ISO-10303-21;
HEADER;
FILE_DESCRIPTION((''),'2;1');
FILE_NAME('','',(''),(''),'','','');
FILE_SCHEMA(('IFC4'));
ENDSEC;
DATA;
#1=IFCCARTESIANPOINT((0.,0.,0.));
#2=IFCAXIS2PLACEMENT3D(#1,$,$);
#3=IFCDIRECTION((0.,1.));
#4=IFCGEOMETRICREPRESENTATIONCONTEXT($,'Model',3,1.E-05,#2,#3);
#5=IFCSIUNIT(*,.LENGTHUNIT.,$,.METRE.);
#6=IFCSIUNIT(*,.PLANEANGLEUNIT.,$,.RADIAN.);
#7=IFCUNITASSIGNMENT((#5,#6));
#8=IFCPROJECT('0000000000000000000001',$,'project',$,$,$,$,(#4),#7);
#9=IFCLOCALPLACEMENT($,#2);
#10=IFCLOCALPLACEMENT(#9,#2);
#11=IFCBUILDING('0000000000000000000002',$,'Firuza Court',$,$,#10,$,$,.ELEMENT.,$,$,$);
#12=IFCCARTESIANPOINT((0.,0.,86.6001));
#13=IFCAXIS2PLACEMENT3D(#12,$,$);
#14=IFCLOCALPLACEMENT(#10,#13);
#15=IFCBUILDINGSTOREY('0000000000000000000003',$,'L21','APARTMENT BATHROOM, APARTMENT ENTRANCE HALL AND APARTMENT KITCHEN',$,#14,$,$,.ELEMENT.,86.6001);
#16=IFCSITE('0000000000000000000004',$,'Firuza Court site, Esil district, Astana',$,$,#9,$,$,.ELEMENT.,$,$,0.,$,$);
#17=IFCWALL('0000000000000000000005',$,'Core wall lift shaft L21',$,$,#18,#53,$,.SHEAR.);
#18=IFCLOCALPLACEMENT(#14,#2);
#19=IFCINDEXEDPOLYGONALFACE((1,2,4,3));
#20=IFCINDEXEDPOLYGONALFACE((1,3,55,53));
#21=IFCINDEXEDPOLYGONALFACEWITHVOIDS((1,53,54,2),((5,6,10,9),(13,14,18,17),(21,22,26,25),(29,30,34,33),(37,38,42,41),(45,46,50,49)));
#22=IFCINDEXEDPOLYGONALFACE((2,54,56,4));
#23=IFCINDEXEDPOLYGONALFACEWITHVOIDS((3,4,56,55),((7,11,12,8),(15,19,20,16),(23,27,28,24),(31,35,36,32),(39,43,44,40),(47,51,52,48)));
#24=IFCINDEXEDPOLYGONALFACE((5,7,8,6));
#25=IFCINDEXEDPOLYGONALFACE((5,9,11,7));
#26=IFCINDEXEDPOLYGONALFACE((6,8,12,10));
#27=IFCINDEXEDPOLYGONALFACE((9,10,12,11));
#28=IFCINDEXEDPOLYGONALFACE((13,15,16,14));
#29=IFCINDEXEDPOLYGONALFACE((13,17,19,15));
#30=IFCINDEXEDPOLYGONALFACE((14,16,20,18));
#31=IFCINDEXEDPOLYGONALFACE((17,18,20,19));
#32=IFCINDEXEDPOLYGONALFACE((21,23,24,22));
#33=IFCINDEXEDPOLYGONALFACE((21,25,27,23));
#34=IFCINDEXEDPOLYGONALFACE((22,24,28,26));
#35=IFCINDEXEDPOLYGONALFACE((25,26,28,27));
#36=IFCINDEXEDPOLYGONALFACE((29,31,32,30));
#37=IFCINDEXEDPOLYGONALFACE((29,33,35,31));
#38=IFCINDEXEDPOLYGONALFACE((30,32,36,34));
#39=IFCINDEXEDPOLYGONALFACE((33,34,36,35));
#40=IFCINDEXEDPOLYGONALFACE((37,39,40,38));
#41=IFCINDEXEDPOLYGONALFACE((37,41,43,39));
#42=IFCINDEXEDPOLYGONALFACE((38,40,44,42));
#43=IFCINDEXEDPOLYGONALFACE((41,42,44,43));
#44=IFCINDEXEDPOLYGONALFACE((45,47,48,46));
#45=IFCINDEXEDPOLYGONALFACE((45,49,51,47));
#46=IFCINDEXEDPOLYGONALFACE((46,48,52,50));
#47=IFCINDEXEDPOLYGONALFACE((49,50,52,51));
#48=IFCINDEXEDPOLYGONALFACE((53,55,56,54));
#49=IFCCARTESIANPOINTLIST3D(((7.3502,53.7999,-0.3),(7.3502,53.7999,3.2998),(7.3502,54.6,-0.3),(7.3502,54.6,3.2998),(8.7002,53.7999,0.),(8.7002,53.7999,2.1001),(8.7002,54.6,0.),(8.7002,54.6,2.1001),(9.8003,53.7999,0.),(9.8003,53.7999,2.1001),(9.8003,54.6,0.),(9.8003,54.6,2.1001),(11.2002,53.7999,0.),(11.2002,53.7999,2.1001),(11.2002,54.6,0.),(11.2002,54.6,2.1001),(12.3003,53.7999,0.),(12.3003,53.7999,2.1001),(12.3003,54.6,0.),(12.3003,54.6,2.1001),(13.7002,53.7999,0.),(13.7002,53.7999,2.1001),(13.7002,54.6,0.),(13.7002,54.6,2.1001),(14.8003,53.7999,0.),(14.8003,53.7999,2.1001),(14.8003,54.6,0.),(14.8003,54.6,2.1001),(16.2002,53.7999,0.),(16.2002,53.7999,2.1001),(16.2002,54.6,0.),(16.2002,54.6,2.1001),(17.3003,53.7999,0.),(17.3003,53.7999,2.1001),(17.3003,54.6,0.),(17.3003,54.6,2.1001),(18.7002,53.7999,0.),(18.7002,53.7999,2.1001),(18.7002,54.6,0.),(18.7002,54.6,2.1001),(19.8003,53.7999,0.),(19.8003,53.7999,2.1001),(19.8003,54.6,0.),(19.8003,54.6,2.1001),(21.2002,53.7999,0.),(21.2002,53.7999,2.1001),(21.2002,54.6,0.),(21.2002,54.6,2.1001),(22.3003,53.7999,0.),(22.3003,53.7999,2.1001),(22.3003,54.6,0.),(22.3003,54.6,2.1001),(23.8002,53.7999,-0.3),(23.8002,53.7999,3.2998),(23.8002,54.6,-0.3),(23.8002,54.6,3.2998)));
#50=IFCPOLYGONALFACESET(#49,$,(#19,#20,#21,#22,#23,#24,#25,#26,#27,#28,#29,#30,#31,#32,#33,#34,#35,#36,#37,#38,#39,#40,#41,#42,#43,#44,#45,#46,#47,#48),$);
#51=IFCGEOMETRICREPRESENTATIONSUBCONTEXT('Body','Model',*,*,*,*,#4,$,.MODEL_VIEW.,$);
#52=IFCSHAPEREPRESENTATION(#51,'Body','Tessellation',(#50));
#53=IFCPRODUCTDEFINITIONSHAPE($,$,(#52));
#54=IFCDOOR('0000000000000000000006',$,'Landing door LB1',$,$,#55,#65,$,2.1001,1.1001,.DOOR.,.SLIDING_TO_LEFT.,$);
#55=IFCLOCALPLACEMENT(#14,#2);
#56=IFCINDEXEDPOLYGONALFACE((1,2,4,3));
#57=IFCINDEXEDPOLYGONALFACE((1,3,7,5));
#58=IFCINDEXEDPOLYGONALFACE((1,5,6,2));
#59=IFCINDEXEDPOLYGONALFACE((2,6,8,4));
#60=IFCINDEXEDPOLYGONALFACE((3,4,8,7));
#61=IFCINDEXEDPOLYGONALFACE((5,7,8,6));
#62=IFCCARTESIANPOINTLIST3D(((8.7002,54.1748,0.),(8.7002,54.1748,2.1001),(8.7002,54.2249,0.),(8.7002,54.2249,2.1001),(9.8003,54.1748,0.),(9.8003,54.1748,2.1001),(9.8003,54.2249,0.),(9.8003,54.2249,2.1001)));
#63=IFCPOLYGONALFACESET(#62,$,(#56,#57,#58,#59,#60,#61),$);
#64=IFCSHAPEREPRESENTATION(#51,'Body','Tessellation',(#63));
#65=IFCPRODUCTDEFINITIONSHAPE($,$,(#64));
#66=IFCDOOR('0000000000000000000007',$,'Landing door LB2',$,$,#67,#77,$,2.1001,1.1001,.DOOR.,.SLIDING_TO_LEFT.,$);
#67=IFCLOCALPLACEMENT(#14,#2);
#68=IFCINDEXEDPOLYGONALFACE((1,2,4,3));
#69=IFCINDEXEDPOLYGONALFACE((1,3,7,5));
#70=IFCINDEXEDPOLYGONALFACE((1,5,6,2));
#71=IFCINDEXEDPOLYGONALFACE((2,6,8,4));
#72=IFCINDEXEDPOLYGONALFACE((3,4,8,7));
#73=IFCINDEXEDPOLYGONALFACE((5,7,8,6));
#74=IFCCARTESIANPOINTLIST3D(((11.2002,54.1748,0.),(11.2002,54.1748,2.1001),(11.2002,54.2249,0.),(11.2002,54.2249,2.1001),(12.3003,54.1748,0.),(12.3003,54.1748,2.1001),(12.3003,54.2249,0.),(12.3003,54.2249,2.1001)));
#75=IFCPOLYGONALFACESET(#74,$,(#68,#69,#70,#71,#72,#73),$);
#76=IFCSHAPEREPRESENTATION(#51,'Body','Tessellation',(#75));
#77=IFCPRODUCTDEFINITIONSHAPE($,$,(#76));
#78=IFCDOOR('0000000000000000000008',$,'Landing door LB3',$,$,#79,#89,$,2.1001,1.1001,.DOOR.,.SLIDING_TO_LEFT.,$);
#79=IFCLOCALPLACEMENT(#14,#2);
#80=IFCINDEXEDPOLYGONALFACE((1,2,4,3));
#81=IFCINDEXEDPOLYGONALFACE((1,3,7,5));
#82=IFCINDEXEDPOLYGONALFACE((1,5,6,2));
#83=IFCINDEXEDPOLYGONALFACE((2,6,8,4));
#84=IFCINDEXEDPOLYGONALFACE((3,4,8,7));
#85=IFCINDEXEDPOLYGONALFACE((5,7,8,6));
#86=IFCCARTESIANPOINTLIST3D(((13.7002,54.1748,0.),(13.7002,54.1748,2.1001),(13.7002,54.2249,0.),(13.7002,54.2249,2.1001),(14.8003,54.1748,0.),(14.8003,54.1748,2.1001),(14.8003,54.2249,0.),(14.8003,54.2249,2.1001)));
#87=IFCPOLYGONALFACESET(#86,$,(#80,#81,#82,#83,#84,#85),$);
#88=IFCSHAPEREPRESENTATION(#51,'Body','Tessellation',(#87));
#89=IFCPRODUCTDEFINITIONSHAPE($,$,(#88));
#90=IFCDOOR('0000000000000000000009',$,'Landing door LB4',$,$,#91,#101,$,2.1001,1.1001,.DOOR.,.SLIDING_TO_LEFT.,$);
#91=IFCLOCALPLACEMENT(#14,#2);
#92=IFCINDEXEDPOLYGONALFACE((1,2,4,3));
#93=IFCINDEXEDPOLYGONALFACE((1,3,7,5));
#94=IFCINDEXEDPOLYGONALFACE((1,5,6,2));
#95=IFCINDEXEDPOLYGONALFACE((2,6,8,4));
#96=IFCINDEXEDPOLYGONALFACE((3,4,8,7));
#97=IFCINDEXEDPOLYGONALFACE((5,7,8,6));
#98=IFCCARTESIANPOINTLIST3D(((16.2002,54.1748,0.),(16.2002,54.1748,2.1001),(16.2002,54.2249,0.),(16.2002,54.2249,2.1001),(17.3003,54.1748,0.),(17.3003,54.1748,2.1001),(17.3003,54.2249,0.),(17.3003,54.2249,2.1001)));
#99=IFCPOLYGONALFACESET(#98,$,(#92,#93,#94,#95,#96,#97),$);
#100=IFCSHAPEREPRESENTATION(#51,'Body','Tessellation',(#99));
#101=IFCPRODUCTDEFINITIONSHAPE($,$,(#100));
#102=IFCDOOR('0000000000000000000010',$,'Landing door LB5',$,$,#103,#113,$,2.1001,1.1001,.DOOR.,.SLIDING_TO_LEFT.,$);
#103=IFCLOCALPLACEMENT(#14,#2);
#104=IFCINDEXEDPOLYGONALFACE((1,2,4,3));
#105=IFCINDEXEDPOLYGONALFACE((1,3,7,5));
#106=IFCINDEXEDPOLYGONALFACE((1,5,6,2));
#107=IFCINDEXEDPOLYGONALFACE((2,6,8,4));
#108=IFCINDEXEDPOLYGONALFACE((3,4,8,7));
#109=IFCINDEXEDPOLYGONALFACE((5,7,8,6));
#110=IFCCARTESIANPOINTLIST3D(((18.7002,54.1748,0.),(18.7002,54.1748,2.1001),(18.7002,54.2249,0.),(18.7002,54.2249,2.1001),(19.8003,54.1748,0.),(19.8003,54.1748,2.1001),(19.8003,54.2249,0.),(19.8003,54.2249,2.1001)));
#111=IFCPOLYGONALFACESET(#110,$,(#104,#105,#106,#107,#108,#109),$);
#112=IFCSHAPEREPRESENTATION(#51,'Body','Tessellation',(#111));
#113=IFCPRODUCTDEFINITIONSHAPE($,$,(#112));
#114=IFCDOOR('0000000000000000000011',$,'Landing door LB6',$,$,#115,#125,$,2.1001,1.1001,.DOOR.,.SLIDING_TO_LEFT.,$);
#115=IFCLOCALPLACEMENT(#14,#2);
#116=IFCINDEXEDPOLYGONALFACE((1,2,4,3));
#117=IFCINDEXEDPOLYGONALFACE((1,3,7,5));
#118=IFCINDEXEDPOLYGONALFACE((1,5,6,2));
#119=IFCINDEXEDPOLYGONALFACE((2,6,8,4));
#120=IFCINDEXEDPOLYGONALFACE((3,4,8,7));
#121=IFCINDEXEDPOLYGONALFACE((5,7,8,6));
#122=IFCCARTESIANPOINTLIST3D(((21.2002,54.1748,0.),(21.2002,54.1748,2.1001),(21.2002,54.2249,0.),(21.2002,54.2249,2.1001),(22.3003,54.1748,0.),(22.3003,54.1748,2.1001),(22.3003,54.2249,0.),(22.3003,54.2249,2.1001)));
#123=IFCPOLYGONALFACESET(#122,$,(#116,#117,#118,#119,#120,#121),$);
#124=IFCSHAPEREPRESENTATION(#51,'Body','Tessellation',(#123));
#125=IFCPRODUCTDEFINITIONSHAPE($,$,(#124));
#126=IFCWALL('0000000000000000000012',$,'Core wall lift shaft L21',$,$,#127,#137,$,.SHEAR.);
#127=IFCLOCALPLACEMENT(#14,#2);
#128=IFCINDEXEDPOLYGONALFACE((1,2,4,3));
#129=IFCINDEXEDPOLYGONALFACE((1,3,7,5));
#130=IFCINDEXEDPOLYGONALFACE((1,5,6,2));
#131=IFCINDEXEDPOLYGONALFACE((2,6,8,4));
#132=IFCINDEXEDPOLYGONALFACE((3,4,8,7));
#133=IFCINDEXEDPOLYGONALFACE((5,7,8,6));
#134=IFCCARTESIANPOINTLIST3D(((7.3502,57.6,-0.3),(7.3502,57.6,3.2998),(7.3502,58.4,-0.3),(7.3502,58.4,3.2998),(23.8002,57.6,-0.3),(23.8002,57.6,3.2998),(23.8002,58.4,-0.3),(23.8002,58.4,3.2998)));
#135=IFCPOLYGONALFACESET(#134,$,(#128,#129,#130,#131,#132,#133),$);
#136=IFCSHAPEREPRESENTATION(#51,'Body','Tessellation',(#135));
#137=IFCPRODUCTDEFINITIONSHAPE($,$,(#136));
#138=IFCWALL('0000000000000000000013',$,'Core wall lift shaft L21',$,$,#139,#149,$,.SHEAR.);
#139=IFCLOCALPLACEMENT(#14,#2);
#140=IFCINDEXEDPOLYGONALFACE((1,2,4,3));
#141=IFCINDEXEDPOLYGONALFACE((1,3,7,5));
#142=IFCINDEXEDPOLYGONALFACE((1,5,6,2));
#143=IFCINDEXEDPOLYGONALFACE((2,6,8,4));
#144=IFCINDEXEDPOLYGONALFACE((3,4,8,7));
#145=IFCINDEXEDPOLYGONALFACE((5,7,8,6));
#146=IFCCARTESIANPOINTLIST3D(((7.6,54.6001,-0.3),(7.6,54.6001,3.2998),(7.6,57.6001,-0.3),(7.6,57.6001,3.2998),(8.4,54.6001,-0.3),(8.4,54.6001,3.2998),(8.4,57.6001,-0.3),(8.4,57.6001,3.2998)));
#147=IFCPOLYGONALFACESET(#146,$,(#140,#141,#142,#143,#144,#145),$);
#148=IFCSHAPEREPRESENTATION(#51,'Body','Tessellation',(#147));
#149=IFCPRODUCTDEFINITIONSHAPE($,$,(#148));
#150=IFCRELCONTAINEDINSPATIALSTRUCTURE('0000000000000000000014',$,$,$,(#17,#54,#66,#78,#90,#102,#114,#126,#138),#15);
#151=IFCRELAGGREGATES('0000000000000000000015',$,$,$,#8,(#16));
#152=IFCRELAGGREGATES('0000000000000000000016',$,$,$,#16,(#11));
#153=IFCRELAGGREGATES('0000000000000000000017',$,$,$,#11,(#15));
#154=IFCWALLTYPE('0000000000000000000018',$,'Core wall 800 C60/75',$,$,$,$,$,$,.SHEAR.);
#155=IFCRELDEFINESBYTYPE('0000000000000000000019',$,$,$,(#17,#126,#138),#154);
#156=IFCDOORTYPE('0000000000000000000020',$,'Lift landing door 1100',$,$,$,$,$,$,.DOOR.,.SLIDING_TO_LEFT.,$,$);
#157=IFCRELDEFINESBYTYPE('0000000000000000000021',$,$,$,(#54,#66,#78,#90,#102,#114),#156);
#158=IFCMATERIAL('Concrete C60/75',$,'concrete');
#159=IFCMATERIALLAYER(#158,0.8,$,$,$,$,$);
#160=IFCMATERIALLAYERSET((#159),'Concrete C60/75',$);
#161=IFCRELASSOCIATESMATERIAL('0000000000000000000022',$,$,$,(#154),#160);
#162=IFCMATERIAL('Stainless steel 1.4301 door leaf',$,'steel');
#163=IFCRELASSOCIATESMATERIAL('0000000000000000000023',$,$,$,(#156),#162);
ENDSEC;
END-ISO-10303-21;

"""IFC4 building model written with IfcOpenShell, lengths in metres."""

from ifc_helpers import new_model, si_unit, direction, frame, frame_2d, origin, place, context, subcontext, project, spatial, rectangle, extrude, material, layer, layer_set, type_object, element, fill, save


model = new_model("IFC4")

# Units and contexts
model_context = context("Model", 3, precision=1e-05, world=origin(), true_north=direction((0.0, 1.0)))
body_context = subcontext(model_context, "Body", "Model", "MODEL_VIEW")
ifc_project = project(units=[si_unit("LENGTHUNIT", "METRE"), si_unit("PLANEANGLEUNIT", "RADIAN")], contexts=[model_context])

# Site, building, storey
site_placement = place(None, origin())
site = spatial("IfcSite", under=ifc_project, at=site_placement, Name="Firuza Court site, Esil district, Astana", CompositionType="ELEMENT", RefElevation=0.0)
building_placement = place(site_placement, origin())
building = spatial("IfcBuilding", under=site, at=building_placement, Name="Firuza Court", CompositionType="ELEMENT")
storey_placement = place(building_placement, frame((0.0, 0.0, 86.6001)))
storey = spatial("IfcBuildingStorey", under=building, at=storey_placement, Name="L21", Description="APARTMENT BATHROOM, APARTMENT ENTRANCE HALL AND APARTMENT KITCHEN", CompositionType="ELEMENT", Elevation=86.6001)

# Shared definitions
ifc_material_1 = material(Name="Concrete C60/75", Category="concrete")

# Wall, openings, doors
ifc_layer_1 = layer(ifc_material_1, 0.8)
ifc_layer_set_1 = layer_set([ifc_layer_1], Name="Concrete C60/75")
wall_type_1 = type_object("IfcWallType", Name="Core wall 800 C60/75", PredefinedType="SHEAR", material=ifc_layer_set_1)
wall_1_placement = place(storey_placement, frame((7.3501, 54.2, -0.3), z_axis=(0.0, 0.0, 1.0), x_axis=(1.0, 0.0, 0.0)))
wall_1 = element("IfcWall", 1, at=wall_1_placement, inside=storey, type_object=wall_type_1, Name="Core wall lift shaft L21", PredefinedType="SHEAR", context=body_context, shape_type="SweptSolid", body=[
    extrude(rectangle(XDim=16.45, YDim=0.8, at=frame_2d((8.2251, 0.0))), origin(), (0.0, 0.0, 1.0), 3.5999),
])
opening_1_placement = place(wall_1_placement, frame((1.3501, 0.0, 0.3)))
opening_1 = element("IfcOpeningElement", 2, at=opening_1_placement, cuts=wall_1, PredefinedType="OPENING", context=body_context, shape_type="SweptSolid", body=[
    extrude(rectangle(XDim=1.1001, YDim=2.1001, at=frame_2d((0.55, 1.05))), frame((0.0, 0.4121, 0.0), z_axis=(0.0, -1.0, 0.0), x_axis=(1.0, 0.0, 0.0)), (0.0, 0.0, 1.0), 0.824),
])
opening_2_placement = place(wall_1_placement, frame((3.8501, 0.0, 0.3)))
opening_2 = element("IfcOpeningElement", 3, at=opening_2_placement, cuts=wall_1, PredefinedType="OPENING", context=body_context, shape_type="SweptSolid", body=[
    extrude(rectangle(XDim=1.1001, YDim=2.1001, at=frame_2d((0.55, 1.05))), frame((0.0, 0.4121, 0.0), z_axis=(0.0, -1.0, 0.0), x_axis=(1.0, 0.0, 0.0)), (0.0, 0.0, 1.0), 0.824),
])
opening_3_placement = place(wall_1_placement, frame((6.3501, 0.0, 0.3)))
opening_3 = element("IfcOpeningElement", 4, at=opening_3_placement, cuts=wall_1, PredefinedType="OPENING", context=body_context, shape_type="SweptSolid", body=[
    extrude(rectangle(XDim=1.1001, YDim=2.1001, at=frame_2d((0.55, 1.05))), frame((0.0, 0.4121, 0.0), z_axis=(0.0, -1.0, 0.0), x_axis=(1.0, 0.0, 0.0)), (0.0, 0.0, 1.0), 0.824),
])
opening_4_placement = place(wall_1_placement, frame((8.8501, 0.0, 0.3)))
opening_4 = element("IfcOpeningElement", 5, at=opening_4_placement, cuts=wall_1, PredefinedType="OPENING", context=body_context, shape_type="SweptSolid", body=[
    extrude(rectangle(XDim=1.1001, YDim=2.1001, at=frame_2d((0.55, 1.05))), frame((0.0, 0.4121, 0.0), z_axis=(0.0, -1.0, 0.0), x_axis=(1.0, 0.0, 0.0)), (0.0, 0.0, 1.0), 0.824),
])
opening_5_placement = place(wall_1_placement, frame((11.3501, 0.0, 0.3)))
opening_5 = element("IfcOpeningElement", 6, at=opening_5_placement, cuts=wall_1, PredefinedType="OPENING", context=body_context, shape_type="SweptSolid", body=[
    extrude(rectangle(XDim=1.1001, YDim=2.1001, at=frame_2d((0.55, 1.05))), frame((0.0, 0.4121, 0.0), z_axis=(0.0, -1.0, 0.0), x_axis=(1.0, 0.0, 0.0)), (0.0, 0.0, 1.0), 0.824),
])
opening_6_placement = place(wall_1_placement, frame((13.8501, 0.0, 0.3)))
opening_6 = element("IfcOpeningElement", 7, at=opening_6_placement, cuts=wall_1, PredefinedType="OPENING", context=body_context, shape_type="SweptSolid", body=[
    extrude(rectangle(XDim=1.1001, YDim=2.1001, at=frame_2d((0.55, 1.05))), frame((0.0, 0.4121, 0.0), z_axis=(0.0, -1.0, 0.0), x_axis=(1.0, 0.0, 0.0)), (0.0, 0.0, 1.0), 0.824),
])
ifc_material_2 = material(Name="Stainless steel 1.4301 door leaf", Category="steel")
door_type = type_object("IfcDoorType", Name="Lift landing door 1100", OperationType="SLIDING_TO_LEFT", PredefinedType="DOOR", material=ifc_material_2)
door_1_placement = place(opening_1_placement, origin())
door_1 = element("IfcDoor", 8, at=door_1_placement, inside=storey, type_object=door_type, Name="Landing door LB1", OperationType="SLIDING_TO_LEFT", OverallHeight=2.1001, OverallWidth=1.1001, PredefinedType="DOOR", context=body_context, shape_type="SweptSolid", body=[
    extrude(rectangle(XDim=1.1001, YDim=2.1001, at=frame_2d((0.55, 1.05))), frame((0.0, 0.0249, 0.0), z_axis=(0.0, -1.0, 0.0), x_axis=(1.0, 0.0, 0.0)), (0.0, 0.0, 1.0), 0.05),
])
fill(opening_1, door_1)
door_2_placement = place(opening_2_placement, origin())
door_2 = element("IfcDoor", 9, at=door_2_placement, inside=storey, type_object=door_type, Name="Landing door LB2", OperationType="SLIDING_TO_LEFT", OverallHeight=2.1001, OverallWidth=1.1001, PredefinedType="DOOR", context=body_context, shape_type="SweptSolid", body=[
    extrude(rectangle(XDim=1.1001, YDim=2.1001, at=frame_2d((0.55, 1.05))), frame((0.0, 0.0249, 0.0), z_axis=(0.0, -1.0, 0.0), x_axis=(1.0, 0.0, 0.0)), (0.0, 0.0, 1.0), 0.05),
])
fill(opening_2, door_2)
door_3_placement = place(opening_3_placement, origin())
door_3 = element("IfcDoor", 10, at=door_3_placement, inside=storey, type_object=door_type, Name="Landing door LB3", OperationType="SLIDING_TO_LEFT", OverallHeight=2.1001, OverallWidth=1.1001, PredefinedType="DOOR", context=body_context, shape_type="SweptSolid", body=[
    extrude(rectangle(XDim=1.1001, YDim=2.1001, at=frame_2d((0.55, 1.05))), frame((0.0, 0.0249, 0.0), z_axis=(0.0, -1.0, 0.0), x_axis=(1.0, 0.0, 0.0)), (0.0, 0.0, 1.0), 0.05),
])
fill(opening_3, door_3)
door_4_placement = place(opening_4_placement, origin())
door_4 = element("IfcDoor", 11, at=door_4_placement, inside=storey, type_object=door_type, Name="Landing door LB4", OperationType="SLIDING_TO_LEFT", OverallHeight=2.1001, OverallWidth=1.1001, PredefinedType="DOOR", context=body_context, shape_type="SweptSolid", body=[
    extrude(rectangle(XDim=1.1001, YDim=2.1001, at=frame_2d((0.55, 1.05))), frame((0.0, 0.0249, 0.0), z_axis=(0.0, -1.0, 0.0), x_axis=(1.0, 0.0, 0.0)), (0.0, 0.0, 1.0), 0.05),
])
fill(opening_4, door_4)
door_5_placement = place(opening_5_placement, origin())
door_5 = element("IfcDoor", 12, at=door_5_placement, inside=storey, type_object=door_type, Name="Landing door LB5", OperationType="SLIDING_TO_LEFT", OverallHeight=2.1001, OverallWidth=1.1001, PredefinedType="DOOR", context=body_context, shape_type="SweptSolid", body=[
    extrude(rectangle(XDim=1.1001, YDim=2.1001, at=frame_2d((0.55, 1.05))), frame((0.0, 0.0249, 0.0), z_axis=(0.0, -1.0, 0.0), x_axis=(1.0, 0.0, 0.0)), (0.0, 0.0, 1.0), 0.05),
])
fill(opening_5, door_5)
door_6_placement = place(opening_6_placement, origin())
door_6 = element("IfcDoor", 13, at=door_6_placement, inside=storey, type_object=door_type, Name="Landing door LB6", OperationType="SLIDING_TO_LEFT", OverallHeight=2.1001, OverallWidth=1.1001, PredefinedType="DOOR", context=body_context, shape_type="SweptSolid", body=[
    extrude(rectangle(XDim=1.1001, YDim=2.1001, at=frame_2d((0.55, 1.05))), frame((0.0, 0.0249, 0.0), z_axis=(0.0, -1.0, 0.0), x_axis=(1.0, 0.0, 0.0)), (0.0, 0.0, 1.0), 0.05),
])
fill(opening_6, door_6)

# Walls
wall_2_placement = place(storey_placement, frame((7.3501, 58.0, -0.3), z_axis=(0.0, 0.0, 1.0), x_axis=(1.0, 0.0, 0.0)))
element("IfcWall", 14, at=wall_2_placement, inside=storey, type_object=wall_type_1, Name="Core wall lift shaft L21", PredefinedType="SHEAR", context=body_context, shape_type="SweptSolid", body=[
    extrude(rectangle(XDim=16.45, YDim=0.8, at=frame_2d((8.2251, 0.0))), origin(), (0.0, 0.0, 1.0), 3.5999),
])
wall_3_placement = place(storey_placement, frame((8.0, 54.6001, -0.3), z_axis=(0.0, 0.0, 1.0), x_axis=(0.0, 1.0, 0.0)))
element("IfcWall", 15, at=wall_3_placement, inside=storey, type_object=wall_type_1, Name="Core wall lift shaft L21", PredefinedType="SHEAR", context=body_context, shape_type="SweptSolid", body=[
    extrude(rectangle(XDim=3.0, YDim=0.8, at=frame_2d((1.5, 0.0))), origin(), (0.0, 0.0, 1.0), 3.5999),
])

save(model, "model.ifc")
